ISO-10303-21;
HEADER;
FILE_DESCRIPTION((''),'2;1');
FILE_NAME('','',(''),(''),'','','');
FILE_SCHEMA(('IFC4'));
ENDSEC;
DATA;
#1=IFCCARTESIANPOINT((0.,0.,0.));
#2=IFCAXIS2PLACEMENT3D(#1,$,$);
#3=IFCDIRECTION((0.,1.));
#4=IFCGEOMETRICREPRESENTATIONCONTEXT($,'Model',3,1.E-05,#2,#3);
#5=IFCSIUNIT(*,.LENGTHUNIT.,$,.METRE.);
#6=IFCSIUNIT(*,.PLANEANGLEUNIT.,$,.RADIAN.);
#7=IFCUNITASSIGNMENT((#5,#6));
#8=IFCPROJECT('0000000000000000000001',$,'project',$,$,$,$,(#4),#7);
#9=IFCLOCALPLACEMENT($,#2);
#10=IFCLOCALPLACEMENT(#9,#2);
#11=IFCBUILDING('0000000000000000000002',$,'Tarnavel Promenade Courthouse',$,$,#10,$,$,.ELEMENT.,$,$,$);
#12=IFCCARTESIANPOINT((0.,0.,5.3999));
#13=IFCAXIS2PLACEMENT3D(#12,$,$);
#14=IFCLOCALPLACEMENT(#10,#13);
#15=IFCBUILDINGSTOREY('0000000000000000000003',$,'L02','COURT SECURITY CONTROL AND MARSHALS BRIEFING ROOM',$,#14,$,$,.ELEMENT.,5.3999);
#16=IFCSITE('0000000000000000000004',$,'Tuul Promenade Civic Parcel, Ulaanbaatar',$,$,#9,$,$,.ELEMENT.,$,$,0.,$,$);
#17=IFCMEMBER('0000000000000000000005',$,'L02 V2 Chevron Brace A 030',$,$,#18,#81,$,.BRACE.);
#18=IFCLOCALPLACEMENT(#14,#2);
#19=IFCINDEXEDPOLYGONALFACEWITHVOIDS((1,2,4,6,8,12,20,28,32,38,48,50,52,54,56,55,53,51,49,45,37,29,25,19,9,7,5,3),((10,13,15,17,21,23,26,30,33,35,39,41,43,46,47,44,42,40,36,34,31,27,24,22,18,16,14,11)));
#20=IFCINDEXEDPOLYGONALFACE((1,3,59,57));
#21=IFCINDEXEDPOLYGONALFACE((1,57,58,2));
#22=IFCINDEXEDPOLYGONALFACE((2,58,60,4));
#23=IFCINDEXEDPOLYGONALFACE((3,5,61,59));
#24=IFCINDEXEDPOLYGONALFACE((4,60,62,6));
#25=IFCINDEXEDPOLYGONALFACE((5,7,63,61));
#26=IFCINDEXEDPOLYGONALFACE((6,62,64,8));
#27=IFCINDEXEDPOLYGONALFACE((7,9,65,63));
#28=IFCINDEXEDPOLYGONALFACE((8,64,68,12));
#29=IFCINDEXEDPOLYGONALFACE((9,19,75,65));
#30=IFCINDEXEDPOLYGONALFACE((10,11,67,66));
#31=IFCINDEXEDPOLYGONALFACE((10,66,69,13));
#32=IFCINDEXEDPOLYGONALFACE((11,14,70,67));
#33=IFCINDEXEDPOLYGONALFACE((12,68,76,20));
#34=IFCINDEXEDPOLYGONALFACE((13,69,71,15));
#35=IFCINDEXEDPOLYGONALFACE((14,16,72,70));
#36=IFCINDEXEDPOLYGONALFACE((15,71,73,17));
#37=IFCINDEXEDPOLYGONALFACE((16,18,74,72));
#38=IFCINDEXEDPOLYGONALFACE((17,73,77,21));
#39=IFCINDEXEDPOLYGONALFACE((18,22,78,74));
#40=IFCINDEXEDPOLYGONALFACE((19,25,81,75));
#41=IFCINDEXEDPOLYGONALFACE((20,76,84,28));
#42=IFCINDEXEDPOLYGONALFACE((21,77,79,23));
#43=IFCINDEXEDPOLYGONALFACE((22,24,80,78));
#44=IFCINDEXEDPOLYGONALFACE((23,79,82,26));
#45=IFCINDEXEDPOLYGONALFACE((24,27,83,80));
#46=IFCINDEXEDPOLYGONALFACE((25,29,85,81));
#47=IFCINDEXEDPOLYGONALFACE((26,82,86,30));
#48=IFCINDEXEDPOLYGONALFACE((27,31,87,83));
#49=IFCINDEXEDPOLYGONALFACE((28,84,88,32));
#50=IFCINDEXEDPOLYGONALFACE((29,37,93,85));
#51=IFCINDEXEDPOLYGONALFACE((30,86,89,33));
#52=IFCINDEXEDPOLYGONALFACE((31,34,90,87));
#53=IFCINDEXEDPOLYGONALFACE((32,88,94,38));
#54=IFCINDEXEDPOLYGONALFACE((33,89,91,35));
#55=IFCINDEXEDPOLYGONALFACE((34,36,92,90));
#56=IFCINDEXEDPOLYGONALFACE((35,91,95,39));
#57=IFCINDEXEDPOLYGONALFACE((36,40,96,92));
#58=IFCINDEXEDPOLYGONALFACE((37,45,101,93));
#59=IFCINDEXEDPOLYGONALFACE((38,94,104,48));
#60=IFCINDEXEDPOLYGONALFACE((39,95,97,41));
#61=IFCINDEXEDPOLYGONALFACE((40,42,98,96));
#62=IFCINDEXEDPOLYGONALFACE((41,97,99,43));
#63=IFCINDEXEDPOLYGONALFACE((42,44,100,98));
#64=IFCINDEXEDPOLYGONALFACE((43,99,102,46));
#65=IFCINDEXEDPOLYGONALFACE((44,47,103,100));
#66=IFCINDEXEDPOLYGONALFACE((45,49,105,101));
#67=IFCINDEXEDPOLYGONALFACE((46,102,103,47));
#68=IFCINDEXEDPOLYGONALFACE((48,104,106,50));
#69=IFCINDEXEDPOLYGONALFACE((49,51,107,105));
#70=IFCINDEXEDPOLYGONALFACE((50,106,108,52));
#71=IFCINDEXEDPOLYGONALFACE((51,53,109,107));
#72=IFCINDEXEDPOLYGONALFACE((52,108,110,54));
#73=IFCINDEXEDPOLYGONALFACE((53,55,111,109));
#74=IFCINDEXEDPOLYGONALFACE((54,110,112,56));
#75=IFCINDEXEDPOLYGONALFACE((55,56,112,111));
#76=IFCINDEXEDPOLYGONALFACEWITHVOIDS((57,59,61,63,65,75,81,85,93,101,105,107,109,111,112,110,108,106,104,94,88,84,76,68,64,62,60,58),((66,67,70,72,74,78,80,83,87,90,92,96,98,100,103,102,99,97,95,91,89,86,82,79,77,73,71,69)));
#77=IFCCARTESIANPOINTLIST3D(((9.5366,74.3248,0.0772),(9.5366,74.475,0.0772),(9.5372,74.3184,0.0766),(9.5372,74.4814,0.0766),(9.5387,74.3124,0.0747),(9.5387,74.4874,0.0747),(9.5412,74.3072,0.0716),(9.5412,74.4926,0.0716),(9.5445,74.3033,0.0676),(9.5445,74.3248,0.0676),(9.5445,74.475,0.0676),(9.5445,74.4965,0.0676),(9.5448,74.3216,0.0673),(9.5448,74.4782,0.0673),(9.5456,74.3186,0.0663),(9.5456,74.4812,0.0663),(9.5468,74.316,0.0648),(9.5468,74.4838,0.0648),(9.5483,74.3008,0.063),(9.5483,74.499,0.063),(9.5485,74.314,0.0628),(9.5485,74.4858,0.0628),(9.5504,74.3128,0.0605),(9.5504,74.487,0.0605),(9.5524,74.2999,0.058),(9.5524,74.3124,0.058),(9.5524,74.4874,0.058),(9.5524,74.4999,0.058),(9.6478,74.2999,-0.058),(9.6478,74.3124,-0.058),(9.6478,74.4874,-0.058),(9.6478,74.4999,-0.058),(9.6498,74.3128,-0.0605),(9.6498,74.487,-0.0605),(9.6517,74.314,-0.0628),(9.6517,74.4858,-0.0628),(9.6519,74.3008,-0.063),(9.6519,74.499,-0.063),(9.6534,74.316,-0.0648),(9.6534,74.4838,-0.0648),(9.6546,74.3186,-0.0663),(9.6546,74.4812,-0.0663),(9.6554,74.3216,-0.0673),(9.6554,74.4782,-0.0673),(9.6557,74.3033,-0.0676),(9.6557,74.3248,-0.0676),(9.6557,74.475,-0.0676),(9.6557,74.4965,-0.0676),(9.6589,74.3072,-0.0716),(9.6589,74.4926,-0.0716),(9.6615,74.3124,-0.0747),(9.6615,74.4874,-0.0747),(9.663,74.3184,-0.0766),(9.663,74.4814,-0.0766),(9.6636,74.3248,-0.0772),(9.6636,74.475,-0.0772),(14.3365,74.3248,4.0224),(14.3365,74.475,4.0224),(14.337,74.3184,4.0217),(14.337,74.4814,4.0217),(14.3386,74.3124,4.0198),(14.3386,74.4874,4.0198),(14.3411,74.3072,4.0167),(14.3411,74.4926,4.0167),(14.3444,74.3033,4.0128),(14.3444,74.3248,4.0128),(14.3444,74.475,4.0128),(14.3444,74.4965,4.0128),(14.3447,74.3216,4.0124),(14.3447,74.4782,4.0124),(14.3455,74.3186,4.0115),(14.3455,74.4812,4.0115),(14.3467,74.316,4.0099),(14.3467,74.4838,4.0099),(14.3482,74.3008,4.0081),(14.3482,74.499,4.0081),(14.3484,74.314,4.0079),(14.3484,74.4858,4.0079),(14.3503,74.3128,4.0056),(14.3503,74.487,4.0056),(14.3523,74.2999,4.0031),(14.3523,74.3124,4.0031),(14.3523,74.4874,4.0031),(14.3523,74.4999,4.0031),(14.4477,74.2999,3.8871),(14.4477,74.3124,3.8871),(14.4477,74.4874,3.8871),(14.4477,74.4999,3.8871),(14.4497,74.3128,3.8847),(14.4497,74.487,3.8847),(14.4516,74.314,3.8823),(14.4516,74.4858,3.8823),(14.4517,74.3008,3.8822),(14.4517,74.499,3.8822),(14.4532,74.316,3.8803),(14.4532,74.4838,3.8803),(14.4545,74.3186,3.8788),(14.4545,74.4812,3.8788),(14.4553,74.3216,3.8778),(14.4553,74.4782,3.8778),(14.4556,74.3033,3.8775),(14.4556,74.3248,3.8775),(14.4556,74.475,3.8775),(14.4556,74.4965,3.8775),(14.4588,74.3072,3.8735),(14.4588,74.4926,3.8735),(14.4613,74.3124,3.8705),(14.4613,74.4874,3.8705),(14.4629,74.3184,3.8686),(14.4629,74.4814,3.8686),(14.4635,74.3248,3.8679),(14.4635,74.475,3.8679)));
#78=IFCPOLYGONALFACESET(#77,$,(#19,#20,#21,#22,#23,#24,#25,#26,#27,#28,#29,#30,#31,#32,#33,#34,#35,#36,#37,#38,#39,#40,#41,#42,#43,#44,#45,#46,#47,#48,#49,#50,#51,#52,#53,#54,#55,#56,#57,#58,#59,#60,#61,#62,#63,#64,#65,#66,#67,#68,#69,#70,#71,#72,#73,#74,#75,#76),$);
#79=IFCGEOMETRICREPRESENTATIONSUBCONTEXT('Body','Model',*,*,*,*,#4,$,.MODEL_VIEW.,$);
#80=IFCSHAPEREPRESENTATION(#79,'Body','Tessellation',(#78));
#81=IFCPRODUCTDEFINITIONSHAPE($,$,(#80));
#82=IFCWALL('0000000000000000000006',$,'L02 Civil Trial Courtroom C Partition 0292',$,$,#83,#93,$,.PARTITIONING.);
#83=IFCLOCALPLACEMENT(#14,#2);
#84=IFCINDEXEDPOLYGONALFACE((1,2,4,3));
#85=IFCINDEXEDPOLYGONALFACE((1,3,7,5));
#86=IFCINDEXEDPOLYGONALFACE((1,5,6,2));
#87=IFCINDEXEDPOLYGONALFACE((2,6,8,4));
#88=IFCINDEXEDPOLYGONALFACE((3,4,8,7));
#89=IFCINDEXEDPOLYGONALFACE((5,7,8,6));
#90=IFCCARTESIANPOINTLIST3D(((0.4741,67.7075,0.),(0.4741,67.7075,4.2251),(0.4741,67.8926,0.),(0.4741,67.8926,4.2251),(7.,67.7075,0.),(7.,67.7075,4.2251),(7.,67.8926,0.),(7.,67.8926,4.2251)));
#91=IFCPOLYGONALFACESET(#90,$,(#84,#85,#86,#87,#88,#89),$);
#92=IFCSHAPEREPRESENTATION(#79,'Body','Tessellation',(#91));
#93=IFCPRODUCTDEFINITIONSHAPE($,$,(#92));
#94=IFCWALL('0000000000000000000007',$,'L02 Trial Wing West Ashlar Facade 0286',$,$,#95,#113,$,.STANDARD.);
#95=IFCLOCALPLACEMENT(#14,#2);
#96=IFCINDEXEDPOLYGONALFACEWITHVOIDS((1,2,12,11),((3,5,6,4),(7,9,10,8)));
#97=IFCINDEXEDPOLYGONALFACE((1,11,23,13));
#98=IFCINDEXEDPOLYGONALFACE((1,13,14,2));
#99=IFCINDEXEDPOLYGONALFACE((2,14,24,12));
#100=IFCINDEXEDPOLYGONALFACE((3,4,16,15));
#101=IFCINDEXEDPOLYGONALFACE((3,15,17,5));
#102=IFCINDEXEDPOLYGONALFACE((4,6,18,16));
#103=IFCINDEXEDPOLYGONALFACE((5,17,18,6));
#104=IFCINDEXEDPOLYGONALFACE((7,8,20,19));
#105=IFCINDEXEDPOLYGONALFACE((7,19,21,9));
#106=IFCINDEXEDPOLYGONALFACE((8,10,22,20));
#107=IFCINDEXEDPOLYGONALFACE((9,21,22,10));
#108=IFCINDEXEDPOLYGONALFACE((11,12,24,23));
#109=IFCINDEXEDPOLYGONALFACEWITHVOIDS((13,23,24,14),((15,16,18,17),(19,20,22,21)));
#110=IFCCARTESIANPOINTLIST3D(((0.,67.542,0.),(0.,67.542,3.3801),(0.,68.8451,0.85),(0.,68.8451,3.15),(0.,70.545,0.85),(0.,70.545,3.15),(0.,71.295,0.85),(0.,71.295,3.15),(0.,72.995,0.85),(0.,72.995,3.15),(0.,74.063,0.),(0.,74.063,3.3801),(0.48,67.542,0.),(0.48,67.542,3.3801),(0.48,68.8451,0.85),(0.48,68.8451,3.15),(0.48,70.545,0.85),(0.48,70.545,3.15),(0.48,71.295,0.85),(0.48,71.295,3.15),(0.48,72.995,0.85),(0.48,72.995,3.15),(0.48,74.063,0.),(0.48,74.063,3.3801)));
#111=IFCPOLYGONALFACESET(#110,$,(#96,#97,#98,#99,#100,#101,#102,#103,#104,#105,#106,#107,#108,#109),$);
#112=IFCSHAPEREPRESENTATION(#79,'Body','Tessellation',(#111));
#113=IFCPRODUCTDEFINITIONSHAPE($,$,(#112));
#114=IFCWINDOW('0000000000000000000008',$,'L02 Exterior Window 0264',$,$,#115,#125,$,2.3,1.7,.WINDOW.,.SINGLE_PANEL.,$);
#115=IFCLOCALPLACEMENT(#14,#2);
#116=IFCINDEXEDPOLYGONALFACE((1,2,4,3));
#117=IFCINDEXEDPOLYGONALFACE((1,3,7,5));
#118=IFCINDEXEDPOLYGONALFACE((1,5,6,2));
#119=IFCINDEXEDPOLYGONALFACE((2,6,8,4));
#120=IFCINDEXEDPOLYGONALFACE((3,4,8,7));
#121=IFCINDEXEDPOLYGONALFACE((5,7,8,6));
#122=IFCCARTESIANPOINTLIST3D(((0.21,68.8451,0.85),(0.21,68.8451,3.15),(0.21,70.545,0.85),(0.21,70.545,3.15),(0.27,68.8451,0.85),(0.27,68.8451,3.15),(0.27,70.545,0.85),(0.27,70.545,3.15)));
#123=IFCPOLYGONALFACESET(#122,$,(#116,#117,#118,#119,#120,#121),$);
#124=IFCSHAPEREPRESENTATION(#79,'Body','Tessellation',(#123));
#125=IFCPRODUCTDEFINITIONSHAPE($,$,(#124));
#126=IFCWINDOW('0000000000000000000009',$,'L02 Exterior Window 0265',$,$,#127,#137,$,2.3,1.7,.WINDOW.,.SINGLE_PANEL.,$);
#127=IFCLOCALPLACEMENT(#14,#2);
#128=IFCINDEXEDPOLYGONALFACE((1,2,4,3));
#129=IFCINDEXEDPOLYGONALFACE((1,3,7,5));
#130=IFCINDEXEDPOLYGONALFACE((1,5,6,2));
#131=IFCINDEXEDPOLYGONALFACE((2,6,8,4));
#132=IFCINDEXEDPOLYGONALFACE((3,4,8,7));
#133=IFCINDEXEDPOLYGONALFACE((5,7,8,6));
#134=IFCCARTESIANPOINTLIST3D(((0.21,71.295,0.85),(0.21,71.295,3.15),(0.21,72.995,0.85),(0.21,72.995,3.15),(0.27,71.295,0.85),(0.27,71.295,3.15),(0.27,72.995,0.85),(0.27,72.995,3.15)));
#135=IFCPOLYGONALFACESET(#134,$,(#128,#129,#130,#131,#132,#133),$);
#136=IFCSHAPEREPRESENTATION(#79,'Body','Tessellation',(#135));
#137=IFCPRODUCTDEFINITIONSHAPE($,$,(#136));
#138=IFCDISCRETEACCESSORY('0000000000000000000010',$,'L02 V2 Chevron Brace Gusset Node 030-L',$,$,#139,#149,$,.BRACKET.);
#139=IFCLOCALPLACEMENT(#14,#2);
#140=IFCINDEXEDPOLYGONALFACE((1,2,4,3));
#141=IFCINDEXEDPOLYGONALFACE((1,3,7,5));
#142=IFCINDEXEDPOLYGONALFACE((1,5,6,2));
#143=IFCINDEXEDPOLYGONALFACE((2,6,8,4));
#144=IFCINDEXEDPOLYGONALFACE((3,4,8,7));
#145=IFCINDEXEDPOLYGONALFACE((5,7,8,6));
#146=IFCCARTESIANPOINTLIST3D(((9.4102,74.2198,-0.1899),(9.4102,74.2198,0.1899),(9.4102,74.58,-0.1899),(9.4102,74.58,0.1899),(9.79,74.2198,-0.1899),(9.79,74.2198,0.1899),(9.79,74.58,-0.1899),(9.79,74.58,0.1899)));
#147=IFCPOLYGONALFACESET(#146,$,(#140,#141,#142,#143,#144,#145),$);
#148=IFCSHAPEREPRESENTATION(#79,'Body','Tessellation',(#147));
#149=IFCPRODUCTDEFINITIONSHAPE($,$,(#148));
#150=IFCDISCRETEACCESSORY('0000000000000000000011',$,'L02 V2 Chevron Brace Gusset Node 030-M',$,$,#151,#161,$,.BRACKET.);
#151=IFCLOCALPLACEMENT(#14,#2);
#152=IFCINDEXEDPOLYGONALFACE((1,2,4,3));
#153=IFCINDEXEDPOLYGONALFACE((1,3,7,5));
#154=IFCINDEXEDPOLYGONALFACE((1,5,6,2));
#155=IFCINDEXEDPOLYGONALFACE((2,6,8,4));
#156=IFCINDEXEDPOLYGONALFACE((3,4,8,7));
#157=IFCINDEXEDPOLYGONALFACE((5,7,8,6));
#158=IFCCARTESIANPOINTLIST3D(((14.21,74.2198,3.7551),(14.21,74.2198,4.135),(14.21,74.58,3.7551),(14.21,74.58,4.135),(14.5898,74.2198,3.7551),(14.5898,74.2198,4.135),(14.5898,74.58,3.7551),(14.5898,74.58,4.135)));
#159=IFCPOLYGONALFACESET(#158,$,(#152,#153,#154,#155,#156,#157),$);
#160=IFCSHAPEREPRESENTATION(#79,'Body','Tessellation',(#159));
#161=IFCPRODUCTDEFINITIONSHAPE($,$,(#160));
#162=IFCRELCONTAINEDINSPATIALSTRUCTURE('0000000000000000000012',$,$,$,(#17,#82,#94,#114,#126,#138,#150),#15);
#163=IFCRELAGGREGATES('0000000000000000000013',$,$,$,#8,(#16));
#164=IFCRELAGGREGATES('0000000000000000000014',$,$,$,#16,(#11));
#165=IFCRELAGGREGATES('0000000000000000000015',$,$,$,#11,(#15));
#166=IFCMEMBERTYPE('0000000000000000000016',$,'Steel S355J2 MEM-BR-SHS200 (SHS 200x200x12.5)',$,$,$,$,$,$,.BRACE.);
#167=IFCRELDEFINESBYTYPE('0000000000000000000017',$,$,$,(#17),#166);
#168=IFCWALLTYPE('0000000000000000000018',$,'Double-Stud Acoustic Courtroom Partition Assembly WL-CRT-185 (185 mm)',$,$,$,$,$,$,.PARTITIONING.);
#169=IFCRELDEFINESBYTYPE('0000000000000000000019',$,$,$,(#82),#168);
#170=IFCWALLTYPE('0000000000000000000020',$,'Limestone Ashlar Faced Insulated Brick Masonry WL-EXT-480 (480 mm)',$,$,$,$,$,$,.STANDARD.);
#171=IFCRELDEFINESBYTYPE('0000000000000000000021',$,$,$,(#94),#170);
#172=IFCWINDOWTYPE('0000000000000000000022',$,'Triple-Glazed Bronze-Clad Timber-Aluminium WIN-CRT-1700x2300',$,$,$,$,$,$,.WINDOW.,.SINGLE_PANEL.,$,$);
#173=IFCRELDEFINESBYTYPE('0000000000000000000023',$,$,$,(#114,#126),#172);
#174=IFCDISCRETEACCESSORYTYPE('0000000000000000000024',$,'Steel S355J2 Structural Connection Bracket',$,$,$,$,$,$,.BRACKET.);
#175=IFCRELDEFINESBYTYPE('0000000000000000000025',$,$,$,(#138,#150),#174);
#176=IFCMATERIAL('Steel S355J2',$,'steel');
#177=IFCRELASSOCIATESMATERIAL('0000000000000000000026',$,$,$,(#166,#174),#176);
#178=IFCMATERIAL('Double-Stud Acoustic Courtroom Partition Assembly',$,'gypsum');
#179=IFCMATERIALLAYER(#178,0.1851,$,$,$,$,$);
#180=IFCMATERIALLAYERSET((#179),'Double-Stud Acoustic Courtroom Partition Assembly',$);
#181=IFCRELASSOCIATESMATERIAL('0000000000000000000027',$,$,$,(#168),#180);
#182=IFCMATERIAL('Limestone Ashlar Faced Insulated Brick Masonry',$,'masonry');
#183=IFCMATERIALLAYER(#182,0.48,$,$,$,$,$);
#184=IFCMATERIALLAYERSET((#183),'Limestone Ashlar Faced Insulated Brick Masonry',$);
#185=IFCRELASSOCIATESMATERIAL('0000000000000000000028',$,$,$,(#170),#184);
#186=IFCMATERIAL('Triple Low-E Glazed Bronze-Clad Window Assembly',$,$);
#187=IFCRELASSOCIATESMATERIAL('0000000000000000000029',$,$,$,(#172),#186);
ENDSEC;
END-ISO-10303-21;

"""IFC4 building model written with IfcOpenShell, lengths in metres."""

from ifc_helpers import new_model, si_unit, direction, frame, frame_2d, origin, origin_2d, place, context, subcontext, project, spatial, rectangle, hollow_rectangle, extrude, material, layer, layer_set, material_profile, profile_set, type_object, element, fill, save


model = new_model("IFC4")

# Units and contexts
model_context = context("Model", 3, precision=1e-05, world=origin(), true_north=direction((0.0, 1.0)))
body_context = subcontext(model_context, "Body", "Model", "MODEL_VIEW")
ifc_project = project(units=[si_unit("LENGTHUNIT", "METRE"), si_unit("PLANEANGLEUNIT", "RADIAN")], contexts=[model_context])

# Site, building, storey
site_placement = place(None, origin())
site = spatial("IfcSite", under=ifc_project, at=site_placement, Name="Tuul Promenade Civic Parcel, Ulaanbaatar", CompositionType="ELEMENT", RefElevation=0.0)
building_placement = place(site_placement, origin())
building = spatial("IfcBuilding", under=site, at=building_placement, Name="Tarnavel Promenade Courthouse", CompositionType="ELEMENT")
storey_placement = place(building_placement, frame((0.0, 0.0, 5.3999)))
storey = spatial("IfcBuildingStorey", under=building, at=storey_placement, Name="L02", Description="COURT SECURITY CONTROL AND MARSHALS BRIEFING ROOM", CompositionType="ELEMENT", Elevation=5.3999)

# Member
ifc_material_1 = material(Name="Steel S355J2", Category="steel")
ifc_material_profile_1 = material_profile(ifc_material_1, hollow_rectangle(XDim=0.2, YDim=0.2, WallThickness=0.0125, InnerFilletRadius=0.0125, OuterFilletRadius=0.0249, at=origin_2d()), Name="SHS 200x200x12.5")
ifc_profile_set_1 = profile_set([ifc_material_profile_1], Name="Steel S355J2")
member_type = type_object("IfcMemberType", Name="Steel S355J2 MEM-BR-SHS200 (SHS 200x200x12.5)", PredefinedType="BRACE", material=ifc_profile_set_1)
member_placement = place(storey_placement, frame((9.6001, 74.3999, 0.0), z_axis=(0.772539, 0.0, 0.634967), x_axis=(0.0, 1.0, 0.0)))
element("IfcMember", 1, at=member_placement, inside=storey, type_object=member_type, Name="L02 V2 Chevron Brace A 030", PredefinedType="BRACE", context=body_context, shape_type="SweptSolid", body=[
    extrude(hollow_rectangle(XDim=0.2, YDim=0.2, WallThickness=0.0125, InnerFilletRadius=0.0125, OuterFilletRadius=0.0249, at=origin_2d()), origin(), (0.0, 0.0, 1.0), 6.2131),
])

# Wall
ifc_material_2 = material(Name="Double-Stud Acoustic Courtroom Partition Assembly", Category="gypsum")
ifc_layer_1 = layer(ifc_material_2, 0.1851)
ifc_layer_set_1 = layer_set([ifc_layer_1], Name="Double-Stud Acoustic Courtroom Partition Assembly")
wall_type_1 = type_object("IfcWallType", Name="Double-Stud Acoustic Courtroom Partition Assembly WL-CRT-185 (185 mm)", PredefinedType="PARTITIONING", material=ifc_layer_set_1)
wall_1_placement = place(storey_placement, frame((7.0, 67.8, 0.0), z_axis=(0.0, 0.0, 1.0), x_axis=(-1.0, 0.0, 0.0)))
element("IfcWall", 2, at=wall_1_placement, inside=storey, type_object=wall_type_1, Name="L02 Civil Trial Courtroom C Partition 0292", PredefinedType="PARTITIONING", context=body_context, shape_type="SweptSolid", body=[
    extrude(rectangle(XDim=6.5259, YDim=0.1851, at=frame_2d((3.2629, 0.0))), origin(), (0.0, 0.0, 1.0), 4.2251),
])

# Wall, openings, windows
ifc_material_3 = material(Name="Limestone Ashlar Faced Insulated Brick Masonry", Category="masonry")
ifc_layer_2 = layer(ifc_material_3, 0.48)
ifc_layer_set_2 = layer_set([ifc_layer_2], Name="Limestone Ashlar Faced Insulated Brick Masonry")
wall_type_2 = type_object("IfcWallType", Name="Limestone Ashlar Faced Insulated Brick Masonry WL-EXT-480 (480 mm)", PredefinedType="STANDARD", material=ifc_layer_set_2)
wall_2_placement = place(storey_placement, frame((0.24, 67.542, 0.0), z_axis=(0.0, 0.0, 1.0), x_axis=(0.0, 1.0, 0.0)))
wall_2 = element("IfcWall", 3, at=wall_2_placement, inside=storey, type_object=wall_type_2, Name="L02 Trial Wing West Ashlar Facade 0286", PredefinedType="STANDARD", context=body_context, shape_type="SweptSolid", body=[
    extrude(rectangle(XDim=6.521, YDim=0.48, at=frame_2d((3.2605, 0.0))), origin(), (0.0, 0.0, 1.0), 3.3801),
])
opening_1_placement = place(wall_2_placement, frame((1.303, 0.0, 0.8501)))
opening_1 = element("IfcOpeningElement", 4, at=opening_1_placement, cuts=wall_2, PredefinedType="OPENING", context=body_context, shape_type="SweptSolid", body=[
    extrude(rectangle(XDim=1.7, YDim=2.3, at=frame_2d((0.8501, 1.1499))), frame((0.0, 0.25, 0.0), z_axis=(0.0, -1.0, 0.0), x_axis=(1.0, 0.0, 0.0)), (0.0, 0.0, 1.0), 0.5),
])
opening_2_placement = place(wall_2_placement, frame((3.7529, 0.0, 0.8501)))
opening_2 = element("IfcOpeningElement", 5, at=opening_2_placement, cuts=wall_2, PredefinedType="OPENING", context=body_context, shape_type="SweptSolid", body=[
    extrude(rectangle(XDim=1.7, YDim=2.3, at=frame_2d((0.8501, 1.1499))), frame((0.0, 0.25, 0.0), z_axis=(0.0, -1.0, 0.0), x_axis=(1.0, 0.0, 0.0)), (0.0, 0.0, 1.0), 0.5),
])
ifc_material_4 = material(Name="Triple Low-E Glazed Bronze-Clad Window Assembly")
window_type = type_object("IfcWindowType", Name="Triple-Glazed Bronze-Clad Timber-Aluminium WIN-CRT-1700x2300", PartitioningType="SINGLE_PANEL", PredefinedType="WINDOW", material=ifc_material_4)
window_1_placement = place(opening_1_placement, origin())
window_1 = element("IfcWindow", 6, at=window_1_placement, inside=storey, type_object=window_type, Name="L02 Exterior Window 0264", OverallHeight=2.3, OverallWidth=1.7, PartitioningType="SINGLE_PANEL", PredefinedType="WINDOW", context=body_context, shape_type="SweptSolid", body=[
    extrude(rectangle(XDim=1.7, YDim=2.3, at=frame_2d((0.8501, 1.1499))), frame((0.0, 0.03, 0.0), z_axis=(0.0, -1.0, 0.0), x_axis=(1.0, 0.0, 0.0)), (0.0, 0.0, 1.0), 0.0601),
])
fill(opening_1, window_1)
window_2_placement = place(opening_2_placement, origin())
window_2 = element("IfcWindow", 7, at=window_2_placement, inside=storey, type_object=window_type, Name="L02 Exterior Window 0265", OverallHeight=2.3, OverallWidth=1.7, PartitioningType="SINGLE_PANEL", PredefinedType="WINDOW", context=body_context, shape_type="SweptSolid", body=[
    extrude(rectangle(XDim=1.7, YDim=2.3, at=frame_2d((0.8501, 1.1499))), frame((0.0, 0.03, 0.0), z_axis=(0.0, -1.0, 0.0), x_axis=(1.0, 0.0, 0.0)), (0.0, 0.0, 1.0), 0.0601),
])
fill(opening_2, window_2)

# Discrete accessories
discrete_accessory_type = type_object("IfcDiscreteAccessoryType", Name="Steel S355J2 Structural Connection Bracket", PredefinedType="BRACKET", material=ifc_material_1)
for number, where, z_axis, x_axis, name in (
    (8, (9.6001, 74.3999, -0.1899), (0.0, 0.0, 1.0), (1.0, 0.0, 0.0), "L02 V2 Chevron Brace Gusset Node 030-L"),
    (9, (14.3999, 74.3999, 3.7551), (0.0, 0.0, 1.0), (1.0, 0.0, 0.0), "L02 V2 Chevron Brace Gusset Node 030-M"),
):
    element("IfcDiscreteAccessory", number, at=place(storey_placement, frame(where, z_axis=z_axis, x_axis=x_axis)), inside=storey, type_object=discrete_accessory_type, Name=name, PredefinedType="BRACKET", context=body_context, shape_type="SweptSolid", body=[
        extrude(rectangle(XDim=0.3799, YDim=0.3601, at=origin_2d()), origin(), (0.0, 0.0, 1.0), 0.3799),
    ])

save(model, "model.ifc")
